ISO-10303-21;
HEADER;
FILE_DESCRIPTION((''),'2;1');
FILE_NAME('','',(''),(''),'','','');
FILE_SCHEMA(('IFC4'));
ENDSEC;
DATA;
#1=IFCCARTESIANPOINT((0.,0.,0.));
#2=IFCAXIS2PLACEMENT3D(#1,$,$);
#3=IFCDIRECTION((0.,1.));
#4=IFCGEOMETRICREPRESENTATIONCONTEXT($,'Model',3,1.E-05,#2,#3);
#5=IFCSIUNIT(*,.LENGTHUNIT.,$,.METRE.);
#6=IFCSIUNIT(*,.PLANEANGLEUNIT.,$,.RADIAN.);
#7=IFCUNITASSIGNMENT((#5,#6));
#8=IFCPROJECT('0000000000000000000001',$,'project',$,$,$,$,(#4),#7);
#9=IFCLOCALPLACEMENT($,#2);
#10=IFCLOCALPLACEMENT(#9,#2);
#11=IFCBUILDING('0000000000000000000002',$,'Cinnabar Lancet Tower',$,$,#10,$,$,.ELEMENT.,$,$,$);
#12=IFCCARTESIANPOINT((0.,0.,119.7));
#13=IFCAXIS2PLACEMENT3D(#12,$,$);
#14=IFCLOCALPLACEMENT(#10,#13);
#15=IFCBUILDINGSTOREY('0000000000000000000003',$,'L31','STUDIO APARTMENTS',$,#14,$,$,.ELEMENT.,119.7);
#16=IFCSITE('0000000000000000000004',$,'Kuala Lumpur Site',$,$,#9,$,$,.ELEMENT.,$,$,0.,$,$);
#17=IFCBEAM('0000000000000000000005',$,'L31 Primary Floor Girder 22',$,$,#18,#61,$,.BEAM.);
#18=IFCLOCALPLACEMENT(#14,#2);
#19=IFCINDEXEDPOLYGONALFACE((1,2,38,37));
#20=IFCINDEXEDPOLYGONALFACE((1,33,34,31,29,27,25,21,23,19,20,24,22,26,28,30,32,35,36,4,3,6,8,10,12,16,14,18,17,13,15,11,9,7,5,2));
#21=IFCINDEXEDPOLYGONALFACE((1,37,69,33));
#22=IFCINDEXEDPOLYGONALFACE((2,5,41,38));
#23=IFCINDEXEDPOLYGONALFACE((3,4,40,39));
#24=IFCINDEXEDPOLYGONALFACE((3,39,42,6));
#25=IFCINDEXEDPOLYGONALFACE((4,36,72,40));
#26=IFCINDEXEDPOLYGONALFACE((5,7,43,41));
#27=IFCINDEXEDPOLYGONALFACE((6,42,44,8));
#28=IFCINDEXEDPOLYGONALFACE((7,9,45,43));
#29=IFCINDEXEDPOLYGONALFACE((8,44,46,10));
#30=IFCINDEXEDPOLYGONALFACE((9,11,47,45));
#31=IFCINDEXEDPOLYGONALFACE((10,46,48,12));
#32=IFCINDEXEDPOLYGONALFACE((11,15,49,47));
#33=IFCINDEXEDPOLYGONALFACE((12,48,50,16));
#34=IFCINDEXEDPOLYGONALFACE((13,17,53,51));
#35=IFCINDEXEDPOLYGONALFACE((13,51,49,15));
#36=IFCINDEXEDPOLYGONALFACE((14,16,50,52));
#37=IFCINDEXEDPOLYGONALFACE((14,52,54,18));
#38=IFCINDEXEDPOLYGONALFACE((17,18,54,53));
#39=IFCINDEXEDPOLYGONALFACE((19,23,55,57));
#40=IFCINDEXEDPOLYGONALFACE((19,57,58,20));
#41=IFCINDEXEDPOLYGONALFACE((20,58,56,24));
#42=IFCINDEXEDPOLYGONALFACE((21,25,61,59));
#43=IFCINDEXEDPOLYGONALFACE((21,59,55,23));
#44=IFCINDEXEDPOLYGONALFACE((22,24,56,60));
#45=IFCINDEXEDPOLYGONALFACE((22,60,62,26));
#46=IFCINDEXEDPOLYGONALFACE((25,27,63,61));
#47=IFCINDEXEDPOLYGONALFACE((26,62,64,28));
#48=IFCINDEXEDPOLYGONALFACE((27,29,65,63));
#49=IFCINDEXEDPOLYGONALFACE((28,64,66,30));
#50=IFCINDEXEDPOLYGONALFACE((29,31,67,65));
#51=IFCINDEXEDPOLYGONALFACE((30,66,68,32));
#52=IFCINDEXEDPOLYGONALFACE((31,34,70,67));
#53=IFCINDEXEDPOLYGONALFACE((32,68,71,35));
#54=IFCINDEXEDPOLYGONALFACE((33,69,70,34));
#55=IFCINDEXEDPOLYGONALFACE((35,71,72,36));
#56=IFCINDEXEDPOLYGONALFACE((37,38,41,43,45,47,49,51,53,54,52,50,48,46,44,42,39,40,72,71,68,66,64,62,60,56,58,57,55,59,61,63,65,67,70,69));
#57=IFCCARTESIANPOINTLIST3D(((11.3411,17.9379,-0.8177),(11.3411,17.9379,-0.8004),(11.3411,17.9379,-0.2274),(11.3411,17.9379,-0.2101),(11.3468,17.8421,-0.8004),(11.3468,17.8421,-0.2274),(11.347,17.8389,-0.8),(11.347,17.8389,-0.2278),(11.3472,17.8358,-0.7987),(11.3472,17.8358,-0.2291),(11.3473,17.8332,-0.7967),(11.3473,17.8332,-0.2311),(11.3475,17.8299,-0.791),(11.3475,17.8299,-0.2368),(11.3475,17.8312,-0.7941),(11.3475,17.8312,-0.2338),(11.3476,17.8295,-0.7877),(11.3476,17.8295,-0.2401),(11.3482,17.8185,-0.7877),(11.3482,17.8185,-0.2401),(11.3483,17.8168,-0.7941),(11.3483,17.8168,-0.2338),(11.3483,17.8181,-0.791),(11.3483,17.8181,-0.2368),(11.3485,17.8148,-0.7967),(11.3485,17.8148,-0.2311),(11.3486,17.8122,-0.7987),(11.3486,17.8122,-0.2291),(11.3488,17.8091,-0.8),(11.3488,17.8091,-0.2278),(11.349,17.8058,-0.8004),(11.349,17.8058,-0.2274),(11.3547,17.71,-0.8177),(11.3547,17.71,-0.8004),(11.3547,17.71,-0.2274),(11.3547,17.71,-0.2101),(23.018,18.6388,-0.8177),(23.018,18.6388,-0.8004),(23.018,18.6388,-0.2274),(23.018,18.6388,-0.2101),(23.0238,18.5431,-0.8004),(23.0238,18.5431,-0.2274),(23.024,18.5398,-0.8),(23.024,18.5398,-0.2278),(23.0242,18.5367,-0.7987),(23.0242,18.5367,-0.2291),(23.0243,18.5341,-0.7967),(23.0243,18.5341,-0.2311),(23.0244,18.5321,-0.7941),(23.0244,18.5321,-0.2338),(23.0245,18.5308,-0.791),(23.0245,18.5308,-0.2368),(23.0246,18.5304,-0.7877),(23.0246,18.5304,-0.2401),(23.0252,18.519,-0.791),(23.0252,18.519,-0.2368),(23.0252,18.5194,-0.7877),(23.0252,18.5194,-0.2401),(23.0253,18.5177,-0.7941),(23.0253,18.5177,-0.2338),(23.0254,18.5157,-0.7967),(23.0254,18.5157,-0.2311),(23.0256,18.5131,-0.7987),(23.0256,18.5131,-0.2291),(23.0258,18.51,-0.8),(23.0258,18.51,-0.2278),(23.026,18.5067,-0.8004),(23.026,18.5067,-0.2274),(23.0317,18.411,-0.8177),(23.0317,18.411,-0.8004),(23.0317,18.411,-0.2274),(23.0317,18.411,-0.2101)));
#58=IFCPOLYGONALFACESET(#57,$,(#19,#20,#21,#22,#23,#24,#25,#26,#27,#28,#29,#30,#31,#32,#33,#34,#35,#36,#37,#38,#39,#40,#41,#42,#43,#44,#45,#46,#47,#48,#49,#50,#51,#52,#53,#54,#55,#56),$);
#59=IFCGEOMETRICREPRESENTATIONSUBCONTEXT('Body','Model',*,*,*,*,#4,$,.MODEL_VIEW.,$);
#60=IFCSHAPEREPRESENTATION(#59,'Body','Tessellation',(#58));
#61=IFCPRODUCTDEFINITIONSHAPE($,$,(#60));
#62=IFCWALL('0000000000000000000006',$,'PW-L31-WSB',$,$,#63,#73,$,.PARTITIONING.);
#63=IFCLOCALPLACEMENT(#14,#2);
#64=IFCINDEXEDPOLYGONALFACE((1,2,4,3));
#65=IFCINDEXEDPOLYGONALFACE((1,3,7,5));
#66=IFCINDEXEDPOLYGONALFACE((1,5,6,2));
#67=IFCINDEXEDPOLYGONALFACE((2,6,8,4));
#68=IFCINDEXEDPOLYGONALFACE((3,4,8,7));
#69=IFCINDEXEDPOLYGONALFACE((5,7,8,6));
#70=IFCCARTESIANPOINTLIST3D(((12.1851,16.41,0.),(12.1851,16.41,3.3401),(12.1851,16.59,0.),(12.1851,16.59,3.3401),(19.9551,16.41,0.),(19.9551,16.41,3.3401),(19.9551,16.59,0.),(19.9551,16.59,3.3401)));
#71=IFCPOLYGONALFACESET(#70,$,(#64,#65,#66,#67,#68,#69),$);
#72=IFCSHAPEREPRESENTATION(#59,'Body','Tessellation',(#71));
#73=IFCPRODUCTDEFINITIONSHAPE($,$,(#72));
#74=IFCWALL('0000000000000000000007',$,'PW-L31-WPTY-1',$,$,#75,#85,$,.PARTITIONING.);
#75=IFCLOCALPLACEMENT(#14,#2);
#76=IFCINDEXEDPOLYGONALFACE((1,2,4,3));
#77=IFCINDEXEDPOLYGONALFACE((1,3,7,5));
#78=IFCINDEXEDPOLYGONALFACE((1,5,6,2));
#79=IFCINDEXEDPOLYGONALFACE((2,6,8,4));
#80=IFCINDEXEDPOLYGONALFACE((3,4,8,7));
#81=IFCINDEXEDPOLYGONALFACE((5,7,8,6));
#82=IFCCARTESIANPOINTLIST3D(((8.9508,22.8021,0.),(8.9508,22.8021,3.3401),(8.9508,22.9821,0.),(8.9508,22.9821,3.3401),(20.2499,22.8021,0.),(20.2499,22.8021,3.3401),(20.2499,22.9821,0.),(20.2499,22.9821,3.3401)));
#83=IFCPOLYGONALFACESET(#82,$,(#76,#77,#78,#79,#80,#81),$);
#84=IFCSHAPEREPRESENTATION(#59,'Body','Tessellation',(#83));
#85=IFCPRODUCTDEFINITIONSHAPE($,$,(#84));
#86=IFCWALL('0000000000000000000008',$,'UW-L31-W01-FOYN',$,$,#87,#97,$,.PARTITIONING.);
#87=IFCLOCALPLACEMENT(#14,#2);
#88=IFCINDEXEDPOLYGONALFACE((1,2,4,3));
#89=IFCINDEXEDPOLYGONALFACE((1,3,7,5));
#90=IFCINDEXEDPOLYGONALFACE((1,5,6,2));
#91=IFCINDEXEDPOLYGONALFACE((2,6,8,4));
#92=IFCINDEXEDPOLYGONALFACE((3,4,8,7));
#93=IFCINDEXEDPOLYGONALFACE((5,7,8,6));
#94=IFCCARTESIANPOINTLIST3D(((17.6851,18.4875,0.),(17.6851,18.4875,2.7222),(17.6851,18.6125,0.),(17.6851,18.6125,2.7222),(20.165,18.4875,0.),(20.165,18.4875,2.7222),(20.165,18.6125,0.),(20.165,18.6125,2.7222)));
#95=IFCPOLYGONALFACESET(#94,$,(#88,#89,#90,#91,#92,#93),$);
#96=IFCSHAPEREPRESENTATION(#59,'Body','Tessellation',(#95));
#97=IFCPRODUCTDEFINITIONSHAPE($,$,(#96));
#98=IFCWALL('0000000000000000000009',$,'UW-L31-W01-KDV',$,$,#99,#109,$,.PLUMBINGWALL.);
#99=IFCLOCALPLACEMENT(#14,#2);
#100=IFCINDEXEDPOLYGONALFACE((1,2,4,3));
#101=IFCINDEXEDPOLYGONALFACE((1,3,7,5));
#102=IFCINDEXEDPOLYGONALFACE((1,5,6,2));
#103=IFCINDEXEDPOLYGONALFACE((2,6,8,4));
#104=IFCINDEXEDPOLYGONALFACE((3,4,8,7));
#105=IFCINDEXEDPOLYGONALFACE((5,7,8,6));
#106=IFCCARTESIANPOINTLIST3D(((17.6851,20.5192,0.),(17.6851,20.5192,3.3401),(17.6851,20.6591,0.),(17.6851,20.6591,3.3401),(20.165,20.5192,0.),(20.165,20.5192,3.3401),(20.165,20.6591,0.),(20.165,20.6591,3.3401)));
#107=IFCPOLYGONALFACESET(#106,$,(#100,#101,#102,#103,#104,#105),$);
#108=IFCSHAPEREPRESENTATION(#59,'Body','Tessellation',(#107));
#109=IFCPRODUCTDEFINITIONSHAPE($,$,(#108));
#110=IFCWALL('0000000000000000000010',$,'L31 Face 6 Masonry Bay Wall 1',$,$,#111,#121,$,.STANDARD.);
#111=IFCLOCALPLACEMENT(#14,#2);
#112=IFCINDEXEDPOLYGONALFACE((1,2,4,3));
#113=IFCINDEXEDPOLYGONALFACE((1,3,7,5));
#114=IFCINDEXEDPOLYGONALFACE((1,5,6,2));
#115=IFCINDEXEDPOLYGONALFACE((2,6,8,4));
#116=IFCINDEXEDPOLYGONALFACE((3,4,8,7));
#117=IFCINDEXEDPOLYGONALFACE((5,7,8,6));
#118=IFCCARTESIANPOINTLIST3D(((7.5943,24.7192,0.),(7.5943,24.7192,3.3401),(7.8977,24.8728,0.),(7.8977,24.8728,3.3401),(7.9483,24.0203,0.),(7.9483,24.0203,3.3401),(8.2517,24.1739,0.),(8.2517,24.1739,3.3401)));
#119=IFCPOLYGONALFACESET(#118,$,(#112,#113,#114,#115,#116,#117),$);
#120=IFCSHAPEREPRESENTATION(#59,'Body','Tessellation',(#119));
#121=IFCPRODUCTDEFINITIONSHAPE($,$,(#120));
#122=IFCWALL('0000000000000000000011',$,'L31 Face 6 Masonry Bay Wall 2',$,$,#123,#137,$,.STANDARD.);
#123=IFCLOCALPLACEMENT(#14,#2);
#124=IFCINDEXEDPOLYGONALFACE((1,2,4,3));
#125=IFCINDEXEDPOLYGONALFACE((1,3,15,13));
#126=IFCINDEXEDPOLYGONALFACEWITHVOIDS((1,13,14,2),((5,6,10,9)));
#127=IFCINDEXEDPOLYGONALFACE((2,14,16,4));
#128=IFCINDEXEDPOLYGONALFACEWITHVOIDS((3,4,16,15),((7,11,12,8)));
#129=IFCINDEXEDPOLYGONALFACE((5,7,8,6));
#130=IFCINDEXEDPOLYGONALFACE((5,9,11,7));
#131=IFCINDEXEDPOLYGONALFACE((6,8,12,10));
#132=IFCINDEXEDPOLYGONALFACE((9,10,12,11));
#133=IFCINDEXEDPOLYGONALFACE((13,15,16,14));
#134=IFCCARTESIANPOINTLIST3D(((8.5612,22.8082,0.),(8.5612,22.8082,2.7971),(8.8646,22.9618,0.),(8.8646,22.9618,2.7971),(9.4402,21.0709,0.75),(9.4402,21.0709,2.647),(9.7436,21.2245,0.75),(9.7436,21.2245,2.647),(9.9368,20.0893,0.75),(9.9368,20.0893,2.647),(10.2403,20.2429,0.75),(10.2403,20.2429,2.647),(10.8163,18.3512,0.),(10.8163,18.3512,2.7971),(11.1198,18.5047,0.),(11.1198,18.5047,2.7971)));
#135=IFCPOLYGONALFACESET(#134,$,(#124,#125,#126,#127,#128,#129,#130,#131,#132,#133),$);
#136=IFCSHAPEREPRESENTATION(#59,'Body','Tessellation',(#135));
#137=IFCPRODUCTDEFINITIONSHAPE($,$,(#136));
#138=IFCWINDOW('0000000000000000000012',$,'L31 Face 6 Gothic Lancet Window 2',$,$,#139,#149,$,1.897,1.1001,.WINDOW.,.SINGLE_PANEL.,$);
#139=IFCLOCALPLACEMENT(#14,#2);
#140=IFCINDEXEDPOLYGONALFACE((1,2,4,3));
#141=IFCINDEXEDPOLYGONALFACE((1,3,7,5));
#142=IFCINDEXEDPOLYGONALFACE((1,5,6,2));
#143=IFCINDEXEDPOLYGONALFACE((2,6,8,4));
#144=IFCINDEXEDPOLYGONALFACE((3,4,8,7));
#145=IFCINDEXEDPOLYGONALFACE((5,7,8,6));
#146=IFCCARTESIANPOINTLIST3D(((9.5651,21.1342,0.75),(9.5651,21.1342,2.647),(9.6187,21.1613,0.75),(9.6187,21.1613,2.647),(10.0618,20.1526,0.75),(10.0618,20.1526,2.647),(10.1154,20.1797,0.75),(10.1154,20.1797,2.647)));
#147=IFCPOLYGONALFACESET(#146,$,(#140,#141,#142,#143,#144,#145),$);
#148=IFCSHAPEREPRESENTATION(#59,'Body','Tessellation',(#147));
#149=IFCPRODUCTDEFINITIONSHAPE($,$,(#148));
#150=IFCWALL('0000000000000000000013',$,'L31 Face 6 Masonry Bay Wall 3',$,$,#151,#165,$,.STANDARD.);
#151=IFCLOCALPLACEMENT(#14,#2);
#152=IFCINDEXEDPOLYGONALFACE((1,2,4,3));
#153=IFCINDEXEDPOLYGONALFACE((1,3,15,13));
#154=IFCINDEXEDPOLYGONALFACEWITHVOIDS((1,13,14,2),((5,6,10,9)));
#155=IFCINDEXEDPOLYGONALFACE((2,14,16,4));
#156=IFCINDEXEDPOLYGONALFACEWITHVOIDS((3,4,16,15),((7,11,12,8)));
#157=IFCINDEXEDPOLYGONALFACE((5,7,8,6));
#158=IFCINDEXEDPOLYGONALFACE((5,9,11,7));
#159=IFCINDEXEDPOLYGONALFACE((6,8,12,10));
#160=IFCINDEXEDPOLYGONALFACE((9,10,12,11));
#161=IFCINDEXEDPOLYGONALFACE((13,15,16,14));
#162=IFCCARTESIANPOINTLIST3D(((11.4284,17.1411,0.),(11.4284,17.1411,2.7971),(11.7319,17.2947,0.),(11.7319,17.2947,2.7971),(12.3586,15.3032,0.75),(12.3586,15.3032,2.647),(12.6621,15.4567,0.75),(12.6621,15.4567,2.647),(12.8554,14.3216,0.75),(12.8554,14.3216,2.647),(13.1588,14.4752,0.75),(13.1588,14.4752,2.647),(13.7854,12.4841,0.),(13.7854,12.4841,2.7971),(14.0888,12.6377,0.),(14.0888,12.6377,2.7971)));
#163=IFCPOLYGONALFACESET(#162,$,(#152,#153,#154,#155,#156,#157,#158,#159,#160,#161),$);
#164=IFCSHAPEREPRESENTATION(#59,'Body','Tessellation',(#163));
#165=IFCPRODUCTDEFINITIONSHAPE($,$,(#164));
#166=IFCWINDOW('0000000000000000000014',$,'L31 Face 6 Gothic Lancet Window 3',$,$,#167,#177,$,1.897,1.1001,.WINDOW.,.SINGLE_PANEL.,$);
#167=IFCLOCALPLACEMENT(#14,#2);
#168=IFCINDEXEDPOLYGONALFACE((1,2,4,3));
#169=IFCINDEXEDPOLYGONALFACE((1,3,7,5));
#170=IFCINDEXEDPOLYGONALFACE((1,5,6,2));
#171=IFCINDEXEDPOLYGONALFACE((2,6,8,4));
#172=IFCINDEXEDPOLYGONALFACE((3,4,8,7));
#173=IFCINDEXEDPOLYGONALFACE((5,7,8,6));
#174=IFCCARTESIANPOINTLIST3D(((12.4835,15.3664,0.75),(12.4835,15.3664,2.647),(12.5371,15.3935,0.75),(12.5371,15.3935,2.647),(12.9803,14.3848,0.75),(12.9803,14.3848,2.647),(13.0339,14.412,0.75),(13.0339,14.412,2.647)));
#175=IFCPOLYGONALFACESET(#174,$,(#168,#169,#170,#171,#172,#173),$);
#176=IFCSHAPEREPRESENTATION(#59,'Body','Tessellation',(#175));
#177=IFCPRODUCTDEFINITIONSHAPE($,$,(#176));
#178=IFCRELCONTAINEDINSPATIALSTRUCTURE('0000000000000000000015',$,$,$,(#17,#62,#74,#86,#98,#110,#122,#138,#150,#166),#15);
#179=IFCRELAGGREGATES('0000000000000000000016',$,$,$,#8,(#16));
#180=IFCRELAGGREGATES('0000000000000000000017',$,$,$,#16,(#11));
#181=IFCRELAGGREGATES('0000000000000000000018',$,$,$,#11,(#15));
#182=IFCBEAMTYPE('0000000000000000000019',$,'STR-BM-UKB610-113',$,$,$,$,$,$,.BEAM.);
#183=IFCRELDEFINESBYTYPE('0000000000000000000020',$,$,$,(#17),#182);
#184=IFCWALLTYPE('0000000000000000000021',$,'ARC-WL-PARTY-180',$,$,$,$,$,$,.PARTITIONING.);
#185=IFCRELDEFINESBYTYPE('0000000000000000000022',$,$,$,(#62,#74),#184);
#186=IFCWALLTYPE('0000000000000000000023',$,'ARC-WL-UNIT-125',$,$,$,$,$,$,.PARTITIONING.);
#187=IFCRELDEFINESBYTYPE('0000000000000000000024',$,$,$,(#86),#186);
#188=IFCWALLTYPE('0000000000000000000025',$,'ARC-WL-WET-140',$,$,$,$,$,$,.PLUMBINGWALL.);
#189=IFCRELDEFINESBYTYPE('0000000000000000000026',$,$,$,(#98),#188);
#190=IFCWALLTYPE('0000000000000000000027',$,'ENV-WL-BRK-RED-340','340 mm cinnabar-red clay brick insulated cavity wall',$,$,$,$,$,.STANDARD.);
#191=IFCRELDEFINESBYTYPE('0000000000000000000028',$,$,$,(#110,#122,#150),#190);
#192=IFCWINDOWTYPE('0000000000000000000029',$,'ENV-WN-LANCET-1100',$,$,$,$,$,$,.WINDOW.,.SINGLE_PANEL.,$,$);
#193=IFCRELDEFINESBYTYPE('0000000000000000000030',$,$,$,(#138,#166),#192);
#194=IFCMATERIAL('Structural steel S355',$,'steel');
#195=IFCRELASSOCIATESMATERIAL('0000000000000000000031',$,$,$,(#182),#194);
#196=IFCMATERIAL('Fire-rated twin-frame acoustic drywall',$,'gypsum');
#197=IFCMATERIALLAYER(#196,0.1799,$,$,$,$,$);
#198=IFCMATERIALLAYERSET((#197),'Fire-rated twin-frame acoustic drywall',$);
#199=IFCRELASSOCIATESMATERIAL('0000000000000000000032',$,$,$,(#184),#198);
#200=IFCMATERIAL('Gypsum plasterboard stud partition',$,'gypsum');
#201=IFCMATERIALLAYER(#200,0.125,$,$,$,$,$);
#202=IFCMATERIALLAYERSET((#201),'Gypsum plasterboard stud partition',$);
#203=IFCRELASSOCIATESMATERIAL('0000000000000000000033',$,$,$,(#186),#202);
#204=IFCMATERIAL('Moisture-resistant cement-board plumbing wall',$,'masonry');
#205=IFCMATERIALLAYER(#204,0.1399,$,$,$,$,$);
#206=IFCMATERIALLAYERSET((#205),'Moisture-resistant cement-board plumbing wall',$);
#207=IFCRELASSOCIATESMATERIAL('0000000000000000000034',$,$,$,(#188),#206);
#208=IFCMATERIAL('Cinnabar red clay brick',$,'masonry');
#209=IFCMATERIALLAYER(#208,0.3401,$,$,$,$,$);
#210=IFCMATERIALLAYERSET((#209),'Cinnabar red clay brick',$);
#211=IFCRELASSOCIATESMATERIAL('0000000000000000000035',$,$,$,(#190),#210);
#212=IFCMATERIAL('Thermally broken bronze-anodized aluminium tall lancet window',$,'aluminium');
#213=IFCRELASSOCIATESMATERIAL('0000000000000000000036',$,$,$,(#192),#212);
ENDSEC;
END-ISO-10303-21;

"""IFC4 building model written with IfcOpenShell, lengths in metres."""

from ifc_helpers import new_model, si_unit, direction, frame, frame_2d, origin, origin_2d, place, context, subcontext, project, spatial, rectangle, i_section, extrude, material, layer, layer_set, material_profile, profile_set, type_object, element, fill, save


model = new_model("IFC4")

# Units and contexts
model_context = context("Model", 3, precision=1e-05, world=origin(), true_north=direction((0.0, 1.0)))
body_context = subcontext(model_context, "Body", "Model", "MODEL_VIEW")
ifc_project = project(units=[si_unit("LENGTHUNIT", "METRE"), si_unit("PLANEANGLEUNIT", "RADIAN")], contexts=[model_context])

# Site, building, storey
site_placement = place(None, origin())
site = spatial("IfcSite", under=ifc_project, at=site_placement, Name="Kuala Lumpur Site", CompositionType="ELEMENT", RefElevation=0.0)
building_placement = place(site_placement, origin())
building = spatial("IfcBuilding", under=site, at=building_placement, Name="Cinnabar Lancet Tower", CompositionType="ELEMENT")
storey_placement = place(building_placement, frame((0.0, 0.0, 119.7)))
storey = spatial("IfcBuildingStorey", under=building, at=storey_placement, Name="L31", Description="STUDIO APARTMENTS", CompositionType="ELEMENT", Elevation=119.7)

# Beam
ifc_material_1 = material(Name="Structural steel S355", Category="steel")
ifc_material_profile_1 = material_profile(ifc_material_1, i_section(OverallWidth=0.2283, OverallDepth=0.6077, WebThickness=0.011, FlangeThickness=0.0173, FilletRadius=0.0127, at=origin_2d()), Name="UKB 610x229x113")
ifc_profile_set_1 = profile_set([ifc_material_profile_1], Name="Structural steel S355")
beam_type_1 = type_object("IfcBeamType", Name="STR-BM-UKB610-113", PredefinedType="BEAM", material=ifc_profile_set_1)
beam_1_placement = place(storey_placement, frame((11.3479, 17.824, -0.5139), z_axis=(0.998203, 0.059918, 0.0), x_axis=(-0.059918, 0.998203, 0.0)))
element("IfcBeam", 1, at=beam_1_placement, inside=storey, type_object=beam_type_1, Name="L31 Primary Floor Girder 22", PredefinedType="BEAM", context=body_context, shape_type="SweptSolid", body=[
    extrude(i_section(OverallWidth=0.2283, OverallDepth=0.6077, WebThickness=0.011, FlangeThickness=0.0173, FilletRadius=0.0127, at=origin_2d()), origin(), (0.0, 0.0, 1.0), 11.698),
])

# Walls
ifc_material_2 = material(Name="Fire-rated twin-frame acoustic drywall", Category="gypsum")
ifc_layer_1 = layer(ifc_material_2, 0.1799)
ifc_layer_set_1 = layer_set([ifc_layer_1], Name="Fire-rated twin-frame acoustic drywall")
wall_type_1 = type_object("IfcWallType", Name="ARC-WL-PARTY-180", PredefinedType="PARTITIONING", material=ifc_layer_set_1)
wall_1_placement = place(storey_placement, frame((12.1851, 16.5, 0.0), z_axis=(0.0, 0.0, 1.0), x_axis=(1.0, 0.0, 0.0)))
element("IfcWall", 2, at=wall_1_placement, inside=storey, type_object=wall_type_1, Name="PW-L31-WSB", PredefinedType="PARTITIONING", context=body_context, shape_type="SweptSolid", body=[
    extrude(rectangle(XDim=7.77, YDim=0.1799, at=frame_2d((3.885, 0.0))), origin(), (0.0, 0.0, 1.0), 3.3401),
])
wall_2_placement = place(storey_placement, frame((8.9509, 22.8921, 0.0), z_axis=(0.0, 0.0, 1.0), x_axis=(1.0, 0.0, 0.0)))
element("IfcWall", 3, at=wall_2_placement, inside=storey, type_object=wall_type_1, Name="PW-L31-WPTY-1", PredefinedType="PARTITIONING", context=body_context, shape_type="SweptSolid", body=[
    extrude(rectangle(XDim=11.2991, YDim=0.1799, at=frame_2d((5.6494, 0.0))), origin(), (0.0, 0.0, 1.0), 3.3401),
])
ifc_material_3 = material(Name="Gypsum plasterboard stud partition", Category="gypsum")
ifc_layer_2 = layer(ifc_material_3, 0.125)
ifc_layer_set_2 = layer_set([ifc_layer_2], Name="Gypsum plasterboard stud partition")
wall_type_2 = type_object("IfcWallType", Name="ARC-WL-UNIT-125", PredefinedType="PARTITIONING", material=ifc_layer_set_2)
wall_3_placement = place(storey_placement, frame((17.6851, 18.55, 0.0), z_axis=(0.0, 0.0, 1.0), x_axis=(1.0, 0.0, 0.0)))
element("IfcWall", 4, at=wall_3_placement, inside=storey, type_object=wall_type_2, Name="UW-L31-W01-FOYN", PredefinedType="PARTITIONING", context=body_context, shape_type="SweptSolid", body=[
    extrude(rectangle(XDim=2.48, YDim=0.125, at=frame_2d((1.24, 0.0))), origin(), (0.0, 0.0, 1.0), 2.7222),
])

# Shared definitions
ifc_material_4 = material(Name="Moisture-resistant cement-board plumbing wall", Category="masonry")
ifc_layer_3 = layer(ifc_material_4, 0.1399)
ifc_layer_set_3 = layer_set([ifc_layer_3], Name="Moisture-resistant cement-board plumbing wall")
wall_type_3 = type_object("IfcWallType", Name="ARC-WL-WET-140", PredefinedType="PLUMBINGWALL", material=ifc_layer_set_3)

# Wall
wall_4_placement = place(storey_placement, frame((17.6851, 20.5891, 0.0), z_axis=(0.0, 0.0, 1.0), x_axis=(1.0, 0.0, 0.0)))
element("IfcWall", 5, at=wall_4_placement, inside=storey, type_object=wall_type_3, Name="UW-L31-W01-KDV", PredefinedType="PLUMBINGWALL", context=body_context, shape_type="SweptSolid", body=[
    extrude(rectangle(XDim=2.48, YDim=0.1399, at=frame_2d((1.24, 0.0))), origin(), (0.0, 0.0, 1.0), 3.3401),
])

# Wall
ifc_material_5 = material(Name="Cinnabar red clay brick", Category="masonry")
ifc_layer_4 = layer(ifc_material_5, 0.3401)
ifc_layer_set_4 = layer_set([ifc_layer_4], Name="Cinnabar red clay brick")
wall_type_4 = type_object("IfcWallType", Name="ENV-WL-BRK-RED-340", Description="340 mm cinnabar-red clay brick insulated cavity wall", PredefinedType="STANDARD", material=ifc_layer_set_4)
wall_5_placement = place(storey_placement, frame((7.7461, 24.7959, 0.0), z_axis=(0.0, 0.0, 1.0), x_axis=(0.451819, -0.892109, 0.0)))
element("IfcWall", 6, at=wall_5_placement, inside=storey, type_object=wall_type_4, Name="L31 Face 6 Masonry Bay Wall 1", PredefinedType="STANDARD", context=body_context, shape_type="SweptSolid", body=[
    extrude(rectangle(XDim=0.7834, YDim=0.3401, at=frame_2d((0.3916, 0.0))), origin(), (0.0, 0.0, 1.0), 3.3401),
])

# Walls, openings, windows
wall_6_placement = place(storey_placement, frame((8.7129, 22.885, 0.0), z_axis=(0.0, 0.0, 1.0), x_axis=(0.451471, -0.892286, 0.0)))
wall_6 = element("IfcWall", 7, at=wall_6_placement, inside=storey, type_object=wall_type_4, Name="L31 Face 6 Masonry Bay Wall 2", PredefinedType="STANDARD", context=body_context, shape_type="SweptSolid", body=[
    extrude(rectangle(XDim=4.9951, YDim=0.3401, at=frame_2d((2.4976, 0.0))), origin(), (0.0, 0.0, 1.0), 2.7971),
])
opening_1_placement = place(wall_6_placement, frame((1.947, 0.0, 0.75)))
opening_1 = element("IfcOpeningElement", 8, at=opening_1_placement, cuts=wall_6, PredefinedType="OPENING", context=body_context, shape_type="SweptSolid", body=[
    extrude(rectangle(XDim=1.1001, YDim=1.897, at=frame_2d((0.55, 0.9485))), frame((0.0, 0.1799, 0.0), z_axis=(0.0, -1.0, 0.0), x_axis=(1.0, 0.0, 0.0)), (0.0, 0.0, 1.0), 0.3601),
])
ifc_material_6 = material(Name="Thermally broken bronze-anodized aluminium tall lancet window", Category="aluminium")
window_type = type_object("IfcWindowType", Name="ENV-WN-LANCET-1100", PartitioningType="SINGLE_PANEL", PredefinedType="WINDOW", material=ifc_material_6)
window_1_placement = place(opening_1_placement, origin())
window_1 = element("IfcWindow", 9, at=window_1_placement, inside=storey, type_object=window_type, Name="L31 Face 6 Gothic Lancet Window 2", OverallHeight=1.897, OverallWidth=1.1001, PartitioningType="SINGLE_PANEL", PredefinedType="WINDOW", context=body_context, shape_type="SweptSolid", body=[
    extrude(rectangle(XDim=1.1001, YDim=1.897, at=frame_2d((0.55, 0.9485))), frame((0.0, 0.03, 0.0), z_axis=(0.0, -1.0, 0.0), x_axis=(1.0, 0.0, 0.0)), (0.0, 0.0, 1.0), 0.0601),
])
fill(opening_1, window_1)
wall_7_placement = place(storey_placement, frame((11.5801, 17.218, 0.0), z_axis=(0.0, 0.0, 1.0), x_axis=(0.451568, -0.892237, 0.0)))
wall_7 = element("IfcWall", 10, at=wall_7_placement, inside=storey, type_object=wall_type_4, Name="L31 Face 6 Masonry Bay Wall 3", PredefinedType="STANDARD", context=body_context, shape_type="SweptSolid", body=[
    extrude(rectangle(XDim=5.2195, YDim=0.3401, at=frame_2d((2.6099, 0.0))), origin(), (0.0, 0.0, 1.0), 2.7971),
])
opening_2_placement = place(wall_7_placement, frame((2.0601, 0.0, 0.75)))
opening_2 = element("IfcOpeningElement", 11, at=opening_2_placement, cuts=wall_7, PredefinedType="OPENING", context=body_context, shape_type="SweptSolid", body=[
    extrude(rectangle(XDim=1.1001, YDim=1.897, at=frame_2d((0.55, 0.9485))), frame((0.0, 0.1799, 0.0), z_axis=(0.0, -1.0, 0.0), x_axis=(1.0, 0.0, 0.0)), (0.0, 0.0, 1.0), 0.3601),
])
window_2_placement = place(opening_2_placement, origin())
window_2 = element("IfcWindow", 12, at=window_2_placement, inside=storey, type_object=window_type, Name="L31 Face 6 Gothic Lancet Window 3", OverallHeight=1.897, OverallWidth=1.1001, PartitioningType="SINGLE_PANEL", PredefinedType="WINDOW", context=body_context, shape_type="SweptSolid", body=[
    extrude(rectangle(XDim=1.1001, YDim=1.897, at=frame_2d((0.55, 0.9485))), frame((0.0, 0.03, 0.0), z_axis=(0.0, -1.0, 0.0), x_axis=(1.0, 0.0, 0.0)), (0.0, 0.0, 1.0), 0.0601),
])
fill(opening_2, window_2)

save(model, "model.ifc")
